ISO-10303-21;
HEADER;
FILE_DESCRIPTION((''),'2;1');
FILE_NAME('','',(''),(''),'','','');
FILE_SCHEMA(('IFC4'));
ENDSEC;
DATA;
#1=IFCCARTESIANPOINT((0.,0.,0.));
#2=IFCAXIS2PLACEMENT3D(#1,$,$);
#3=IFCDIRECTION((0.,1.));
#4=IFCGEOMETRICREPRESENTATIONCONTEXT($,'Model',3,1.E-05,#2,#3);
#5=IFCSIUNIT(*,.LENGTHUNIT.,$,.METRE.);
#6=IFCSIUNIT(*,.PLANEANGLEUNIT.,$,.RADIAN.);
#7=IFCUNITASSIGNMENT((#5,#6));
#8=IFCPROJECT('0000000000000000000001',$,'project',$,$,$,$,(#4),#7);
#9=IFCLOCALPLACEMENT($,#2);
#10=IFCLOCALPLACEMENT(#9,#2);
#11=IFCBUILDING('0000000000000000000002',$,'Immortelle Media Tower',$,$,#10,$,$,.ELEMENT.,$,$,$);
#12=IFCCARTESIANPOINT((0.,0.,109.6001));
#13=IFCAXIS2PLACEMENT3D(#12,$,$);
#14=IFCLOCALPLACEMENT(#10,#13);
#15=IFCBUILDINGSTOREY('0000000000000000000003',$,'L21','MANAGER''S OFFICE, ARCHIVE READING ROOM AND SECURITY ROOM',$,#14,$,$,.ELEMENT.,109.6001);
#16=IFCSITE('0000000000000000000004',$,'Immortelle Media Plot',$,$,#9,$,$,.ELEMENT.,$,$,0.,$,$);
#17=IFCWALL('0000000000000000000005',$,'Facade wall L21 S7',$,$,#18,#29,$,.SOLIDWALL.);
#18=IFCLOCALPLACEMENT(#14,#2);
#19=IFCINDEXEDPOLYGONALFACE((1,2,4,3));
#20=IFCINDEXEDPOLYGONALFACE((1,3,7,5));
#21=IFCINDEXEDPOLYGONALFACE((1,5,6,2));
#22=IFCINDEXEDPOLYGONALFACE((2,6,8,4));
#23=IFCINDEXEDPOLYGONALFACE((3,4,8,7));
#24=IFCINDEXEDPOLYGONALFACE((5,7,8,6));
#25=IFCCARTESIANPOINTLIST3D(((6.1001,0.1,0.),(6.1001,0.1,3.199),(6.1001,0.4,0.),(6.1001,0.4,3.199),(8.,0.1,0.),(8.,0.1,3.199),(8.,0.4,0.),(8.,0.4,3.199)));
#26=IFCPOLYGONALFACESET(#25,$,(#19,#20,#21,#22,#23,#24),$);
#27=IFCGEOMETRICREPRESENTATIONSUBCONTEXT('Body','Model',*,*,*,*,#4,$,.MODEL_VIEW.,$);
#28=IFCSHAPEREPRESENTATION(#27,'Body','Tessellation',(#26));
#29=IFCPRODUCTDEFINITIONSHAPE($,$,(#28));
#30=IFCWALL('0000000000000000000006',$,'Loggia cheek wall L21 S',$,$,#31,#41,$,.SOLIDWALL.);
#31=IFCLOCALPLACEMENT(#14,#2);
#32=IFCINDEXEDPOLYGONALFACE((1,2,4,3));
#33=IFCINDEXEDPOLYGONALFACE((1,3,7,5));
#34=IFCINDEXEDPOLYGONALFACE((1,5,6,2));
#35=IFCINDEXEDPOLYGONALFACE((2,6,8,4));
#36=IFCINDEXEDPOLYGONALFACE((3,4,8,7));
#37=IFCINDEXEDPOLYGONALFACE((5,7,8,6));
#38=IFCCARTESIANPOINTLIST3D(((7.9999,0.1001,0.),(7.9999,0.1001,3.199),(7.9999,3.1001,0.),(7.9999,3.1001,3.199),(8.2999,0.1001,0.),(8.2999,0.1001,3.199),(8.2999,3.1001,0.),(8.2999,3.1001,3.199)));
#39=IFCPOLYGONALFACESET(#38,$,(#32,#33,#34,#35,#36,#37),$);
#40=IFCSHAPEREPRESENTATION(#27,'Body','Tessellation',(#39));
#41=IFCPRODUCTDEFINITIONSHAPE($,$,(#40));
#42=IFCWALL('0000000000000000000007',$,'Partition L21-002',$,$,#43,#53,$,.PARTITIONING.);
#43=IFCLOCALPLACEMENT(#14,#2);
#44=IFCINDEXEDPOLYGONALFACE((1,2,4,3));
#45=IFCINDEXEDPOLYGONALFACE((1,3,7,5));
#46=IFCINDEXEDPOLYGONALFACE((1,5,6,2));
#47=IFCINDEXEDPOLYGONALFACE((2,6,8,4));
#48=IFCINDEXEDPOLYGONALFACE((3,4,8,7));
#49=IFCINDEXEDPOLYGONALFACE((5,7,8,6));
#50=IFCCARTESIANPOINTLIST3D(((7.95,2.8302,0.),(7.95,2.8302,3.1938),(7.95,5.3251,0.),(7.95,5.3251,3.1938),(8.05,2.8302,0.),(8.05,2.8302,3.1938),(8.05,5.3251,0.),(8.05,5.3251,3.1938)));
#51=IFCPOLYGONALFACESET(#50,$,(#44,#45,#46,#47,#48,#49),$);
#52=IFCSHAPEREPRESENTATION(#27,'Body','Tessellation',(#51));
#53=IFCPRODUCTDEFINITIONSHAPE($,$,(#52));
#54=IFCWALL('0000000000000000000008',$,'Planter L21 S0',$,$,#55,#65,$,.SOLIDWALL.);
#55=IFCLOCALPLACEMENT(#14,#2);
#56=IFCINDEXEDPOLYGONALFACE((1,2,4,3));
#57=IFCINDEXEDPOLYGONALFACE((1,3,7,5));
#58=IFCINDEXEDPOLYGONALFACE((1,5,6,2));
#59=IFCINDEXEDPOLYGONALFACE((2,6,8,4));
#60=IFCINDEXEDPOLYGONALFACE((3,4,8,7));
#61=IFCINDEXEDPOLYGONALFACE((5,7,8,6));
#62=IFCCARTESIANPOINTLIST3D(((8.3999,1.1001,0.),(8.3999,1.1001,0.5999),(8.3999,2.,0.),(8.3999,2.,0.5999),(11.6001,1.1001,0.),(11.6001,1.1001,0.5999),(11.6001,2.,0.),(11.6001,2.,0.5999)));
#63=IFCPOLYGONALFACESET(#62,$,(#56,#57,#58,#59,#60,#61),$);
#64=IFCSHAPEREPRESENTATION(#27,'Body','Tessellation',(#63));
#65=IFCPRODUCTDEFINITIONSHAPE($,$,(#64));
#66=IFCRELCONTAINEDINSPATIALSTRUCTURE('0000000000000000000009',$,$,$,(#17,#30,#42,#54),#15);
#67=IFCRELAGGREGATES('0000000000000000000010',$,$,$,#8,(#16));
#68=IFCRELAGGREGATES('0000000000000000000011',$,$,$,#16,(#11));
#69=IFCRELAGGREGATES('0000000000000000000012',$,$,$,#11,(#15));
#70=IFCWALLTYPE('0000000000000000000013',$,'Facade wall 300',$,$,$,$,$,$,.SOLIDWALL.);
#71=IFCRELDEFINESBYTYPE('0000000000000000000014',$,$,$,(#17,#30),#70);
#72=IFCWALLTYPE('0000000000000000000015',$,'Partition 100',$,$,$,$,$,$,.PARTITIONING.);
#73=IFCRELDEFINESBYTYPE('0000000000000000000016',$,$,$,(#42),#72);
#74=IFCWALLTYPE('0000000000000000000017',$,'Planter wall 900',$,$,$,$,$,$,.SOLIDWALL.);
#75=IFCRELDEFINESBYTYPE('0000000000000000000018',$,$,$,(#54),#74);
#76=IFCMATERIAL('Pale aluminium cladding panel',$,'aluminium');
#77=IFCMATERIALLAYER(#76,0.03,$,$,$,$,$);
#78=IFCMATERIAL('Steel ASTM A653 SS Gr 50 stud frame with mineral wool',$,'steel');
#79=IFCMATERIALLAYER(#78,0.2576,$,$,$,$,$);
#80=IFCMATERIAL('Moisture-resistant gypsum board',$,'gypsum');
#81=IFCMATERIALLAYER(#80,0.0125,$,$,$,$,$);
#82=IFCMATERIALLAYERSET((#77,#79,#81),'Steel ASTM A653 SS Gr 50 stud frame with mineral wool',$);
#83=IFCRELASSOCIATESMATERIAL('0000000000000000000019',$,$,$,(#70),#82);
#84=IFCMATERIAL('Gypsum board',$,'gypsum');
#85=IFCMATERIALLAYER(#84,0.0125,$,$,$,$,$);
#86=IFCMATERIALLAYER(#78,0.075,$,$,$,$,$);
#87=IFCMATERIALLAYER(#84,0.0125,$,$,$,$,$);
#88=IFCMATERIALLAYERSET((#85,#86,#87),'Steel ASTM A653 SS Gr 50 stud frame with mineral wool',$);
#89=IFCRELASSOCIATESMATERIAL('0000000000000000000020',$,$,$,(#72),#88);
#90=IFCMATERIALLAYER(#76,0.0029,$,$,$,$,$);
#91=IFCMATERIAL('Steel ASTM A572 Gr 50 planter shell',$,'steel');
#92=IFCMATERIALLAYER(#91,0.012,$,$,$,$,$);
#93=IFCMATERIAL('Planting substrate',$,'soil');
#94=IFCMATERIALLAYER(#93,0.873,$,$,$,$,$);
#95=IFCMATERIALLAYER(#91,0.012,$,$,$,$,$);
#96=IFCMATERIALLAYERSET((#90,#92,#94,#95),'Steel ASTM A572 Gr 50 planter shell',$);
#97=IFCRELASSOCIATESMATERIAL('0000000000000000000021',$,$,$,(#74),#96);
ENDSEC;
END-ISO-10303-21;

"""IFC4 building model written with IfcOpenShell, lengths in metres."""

from ifc_helpers import new_model, si_unit, direction, frame, frame_2d, origin, place, context, subcontext, project, spatial, rectangle, extrude, material, layer, layer_set, type_object, element, save


model = new_model("IFC4")

# Units and contexts
model_context = context("Model", 3, precision=1e-05, world=origin(), true_north=direction((0.0, 1.0)))
body_context = subcontext(model_context, "Body", "Model", "MODEL_VIEW")
ifc_project = project(units=[si_unit("LENGTHUNIT", "METRE"), si_unit("PLANEANGLEUNIT", "RADIAN")], contexts=[model_context])

# Site, building, storey
site_placement = place(None, origin())
site = spatial("IfcSite", under=ifc_project, at=site_placement, Name="Immortelle Media Plot", CompositionType="ELEMENT", RefElevation=0.0)
building_placement = place(site_placement, origin())
building = spatial("IfcBuilding", under=site, at=building_placement, Name="Immortelle Media Tower", CompositionType="ELEMENT")
storey_placement = place(building_placement, frame((0.0, 0.0, 109.6001)))
storey = spatial("IfcBuildingStorey", under=building, at=storey_placement, Name="L21", Description="MANAGER'S OFFICE, ARCHIVE READING ROOM AND SECURITY ROOM", CompositionType="ELEMENT", Elevation=109.6001)

# Wall
ifc_material_1 = material(Name="Pale aluminium cladding panel", Category="aluminium")
ifc_layer_1 = layer(ifc_material_1, 0.03)
ifc_material_2 = material(Name="Steel ASTM A653 SS Gr 50 stud frame with mineral wool", Category="steel")
ifc_layer_2 = layer(ifc_material_2, 0.2576)
ifc_material_3 = material(Name="Moisture-resistant gypsum board", Category="gypsum")
ifc_layer_3 = layer(ifc_material_3, 0.0125)
ifc_layer_set_1 = layer_set([ifc_layer_1, ifc_layer_2, ifc_layer_3], Name="Steel ASTM A653 SS Gr 50 stud frame with mineral wool")
wall_type_1 = type_object("IfcWallType", Name="Facade wall 300", PredefinedType="SOLIDWALL", material=ifc_layer_set_1)
wall_1_placement = place(storey_placement, frame((6.1001, 0.25, 0.0), z_axis=(0.0, 0.0, 1.0), x_axis=(1.0, 0.0, 0.0)))
element("IfcWall", 1, at=wall_1_placement, inside=storey, type_object=wall_type_1, Name="Facade wall L21 S7", PredefinedType="SOLIDWALL", context=body_context, shape_type="SweptSolid", body=[
    extrude(rectangle(XDim=1.8999, YDim=0.3, at=frame_2d((0.95, 0.0))), origin(), (0.0, 0.0, 1.0), 3.199),
])

# Walls
wall_2_placement = place(storey_placement, frame((8.1499, 0.1001, 0.0), z_axis=(0.0, 0.0, 1.0), x_axis=(0.0, 1.0, 0.0)))
element("IfcWall", 2, at=wall_2_placement, inside=storey, type_object=wall_type_1, Name="Loggia cheek wall L21 S", PredefinedType="SOLIDWALL", context=body_context, shape_type="SweptSolid", body=[
    extrude(rectangle(XDim=3.0, YDim=0.3, at=frame_2d((1.5, 0.0))), origin(), (0.0, 0.0, 1.0), 3.199),
])
ifc_material_4 = material(Name="Gypsum board", Category="gypsum")
ifc_layer_4 = layer(ifc_material_4, 0.0125)
ifc_layer_5 = layer(ifc_material_2, 0.075)
ifc_layer_6 = layer(ifc_material_4, 0.0125)
ifc_layer_set_2 = layer_set([ifc_layer_4, ifc_layer_5, ifc_layer_6], Name="Steel ASTM A653 SS Gr 50 stud frame with mineral wool")
wall_type_2 = type_object("IfcWallType", Name="Partition 100", PredefinedType="PARTITIONING", material=ifc_layer_set_2)
wall_3_placement = place(storey_placement, frame((8.0, 2.8301, 0.0), z_axis=(0.0, 0.0, 1.0), x_axis=(0.0, 1.0, 0.0)))
element("IfcWall", 3, at=wall_3_placement, inside=storey, type_object=wall_type_2, Name="Partition L21-002", PredefinedType="PARTITIONING", context=body_context, shape_type="SweptSolid", body=[
    extrude(rectangle(XDim=2.4949, YDim=0.1001, at=frame_2d((1.2476, 0.0))), origin(), (0.0, 0.0, 1.0), 3.1938),
])
ifc_layer_7 = layer(ifc_material_1, 0.0029)
ifc_material_5 = material(Name="Steel ASTM A572 Gr 50 planter shell", Category="steel")
ifc_layer_8 = layer(ifc_material_5, 0.012)
ifc_material_6 = material(Name="Planting substrate", Category="soil")
ifc_layer_9 = layer(ifc_material_6, 0.873)
ifc_layer_10 = layer(ifc_material_5, 0.012)
ifc_layer_set_3 = layer_set([ifc_layer_7, ifc_layer_8, ifc_layer_9, ifc_layer_10], Name="Steel ASTM A572 Gr 50 planter shell")
wall_type_3 = type_object("IfcWallType", Name="Planter wall 900", PredefinedType="SOLIDWALL", material=ifc_layer_set_3)
wall_4_placement = place(storey_placement, frame((8.3999, 1.55, 0.0), z_axis=(0.0, 0.0, 1.0), x_axis=(1.0, 0.0, 0.0)))
element("IfcWall", 4, at=wall_4_placement, inside=storey, type_object=wall_type_3, Name="Planter L21 S0", PredefinedType="SOLIDWALL", context=body_context, shape_type="SweptSolid", body=[
    extrude(rectangle(XDim=3.2002, YDim=0.8999, at=frame_2d((1.6001, 0.0))), origin(), (0.0, 0.0, 1.0), 0.5999),
])

save(model, "model.ifc")
